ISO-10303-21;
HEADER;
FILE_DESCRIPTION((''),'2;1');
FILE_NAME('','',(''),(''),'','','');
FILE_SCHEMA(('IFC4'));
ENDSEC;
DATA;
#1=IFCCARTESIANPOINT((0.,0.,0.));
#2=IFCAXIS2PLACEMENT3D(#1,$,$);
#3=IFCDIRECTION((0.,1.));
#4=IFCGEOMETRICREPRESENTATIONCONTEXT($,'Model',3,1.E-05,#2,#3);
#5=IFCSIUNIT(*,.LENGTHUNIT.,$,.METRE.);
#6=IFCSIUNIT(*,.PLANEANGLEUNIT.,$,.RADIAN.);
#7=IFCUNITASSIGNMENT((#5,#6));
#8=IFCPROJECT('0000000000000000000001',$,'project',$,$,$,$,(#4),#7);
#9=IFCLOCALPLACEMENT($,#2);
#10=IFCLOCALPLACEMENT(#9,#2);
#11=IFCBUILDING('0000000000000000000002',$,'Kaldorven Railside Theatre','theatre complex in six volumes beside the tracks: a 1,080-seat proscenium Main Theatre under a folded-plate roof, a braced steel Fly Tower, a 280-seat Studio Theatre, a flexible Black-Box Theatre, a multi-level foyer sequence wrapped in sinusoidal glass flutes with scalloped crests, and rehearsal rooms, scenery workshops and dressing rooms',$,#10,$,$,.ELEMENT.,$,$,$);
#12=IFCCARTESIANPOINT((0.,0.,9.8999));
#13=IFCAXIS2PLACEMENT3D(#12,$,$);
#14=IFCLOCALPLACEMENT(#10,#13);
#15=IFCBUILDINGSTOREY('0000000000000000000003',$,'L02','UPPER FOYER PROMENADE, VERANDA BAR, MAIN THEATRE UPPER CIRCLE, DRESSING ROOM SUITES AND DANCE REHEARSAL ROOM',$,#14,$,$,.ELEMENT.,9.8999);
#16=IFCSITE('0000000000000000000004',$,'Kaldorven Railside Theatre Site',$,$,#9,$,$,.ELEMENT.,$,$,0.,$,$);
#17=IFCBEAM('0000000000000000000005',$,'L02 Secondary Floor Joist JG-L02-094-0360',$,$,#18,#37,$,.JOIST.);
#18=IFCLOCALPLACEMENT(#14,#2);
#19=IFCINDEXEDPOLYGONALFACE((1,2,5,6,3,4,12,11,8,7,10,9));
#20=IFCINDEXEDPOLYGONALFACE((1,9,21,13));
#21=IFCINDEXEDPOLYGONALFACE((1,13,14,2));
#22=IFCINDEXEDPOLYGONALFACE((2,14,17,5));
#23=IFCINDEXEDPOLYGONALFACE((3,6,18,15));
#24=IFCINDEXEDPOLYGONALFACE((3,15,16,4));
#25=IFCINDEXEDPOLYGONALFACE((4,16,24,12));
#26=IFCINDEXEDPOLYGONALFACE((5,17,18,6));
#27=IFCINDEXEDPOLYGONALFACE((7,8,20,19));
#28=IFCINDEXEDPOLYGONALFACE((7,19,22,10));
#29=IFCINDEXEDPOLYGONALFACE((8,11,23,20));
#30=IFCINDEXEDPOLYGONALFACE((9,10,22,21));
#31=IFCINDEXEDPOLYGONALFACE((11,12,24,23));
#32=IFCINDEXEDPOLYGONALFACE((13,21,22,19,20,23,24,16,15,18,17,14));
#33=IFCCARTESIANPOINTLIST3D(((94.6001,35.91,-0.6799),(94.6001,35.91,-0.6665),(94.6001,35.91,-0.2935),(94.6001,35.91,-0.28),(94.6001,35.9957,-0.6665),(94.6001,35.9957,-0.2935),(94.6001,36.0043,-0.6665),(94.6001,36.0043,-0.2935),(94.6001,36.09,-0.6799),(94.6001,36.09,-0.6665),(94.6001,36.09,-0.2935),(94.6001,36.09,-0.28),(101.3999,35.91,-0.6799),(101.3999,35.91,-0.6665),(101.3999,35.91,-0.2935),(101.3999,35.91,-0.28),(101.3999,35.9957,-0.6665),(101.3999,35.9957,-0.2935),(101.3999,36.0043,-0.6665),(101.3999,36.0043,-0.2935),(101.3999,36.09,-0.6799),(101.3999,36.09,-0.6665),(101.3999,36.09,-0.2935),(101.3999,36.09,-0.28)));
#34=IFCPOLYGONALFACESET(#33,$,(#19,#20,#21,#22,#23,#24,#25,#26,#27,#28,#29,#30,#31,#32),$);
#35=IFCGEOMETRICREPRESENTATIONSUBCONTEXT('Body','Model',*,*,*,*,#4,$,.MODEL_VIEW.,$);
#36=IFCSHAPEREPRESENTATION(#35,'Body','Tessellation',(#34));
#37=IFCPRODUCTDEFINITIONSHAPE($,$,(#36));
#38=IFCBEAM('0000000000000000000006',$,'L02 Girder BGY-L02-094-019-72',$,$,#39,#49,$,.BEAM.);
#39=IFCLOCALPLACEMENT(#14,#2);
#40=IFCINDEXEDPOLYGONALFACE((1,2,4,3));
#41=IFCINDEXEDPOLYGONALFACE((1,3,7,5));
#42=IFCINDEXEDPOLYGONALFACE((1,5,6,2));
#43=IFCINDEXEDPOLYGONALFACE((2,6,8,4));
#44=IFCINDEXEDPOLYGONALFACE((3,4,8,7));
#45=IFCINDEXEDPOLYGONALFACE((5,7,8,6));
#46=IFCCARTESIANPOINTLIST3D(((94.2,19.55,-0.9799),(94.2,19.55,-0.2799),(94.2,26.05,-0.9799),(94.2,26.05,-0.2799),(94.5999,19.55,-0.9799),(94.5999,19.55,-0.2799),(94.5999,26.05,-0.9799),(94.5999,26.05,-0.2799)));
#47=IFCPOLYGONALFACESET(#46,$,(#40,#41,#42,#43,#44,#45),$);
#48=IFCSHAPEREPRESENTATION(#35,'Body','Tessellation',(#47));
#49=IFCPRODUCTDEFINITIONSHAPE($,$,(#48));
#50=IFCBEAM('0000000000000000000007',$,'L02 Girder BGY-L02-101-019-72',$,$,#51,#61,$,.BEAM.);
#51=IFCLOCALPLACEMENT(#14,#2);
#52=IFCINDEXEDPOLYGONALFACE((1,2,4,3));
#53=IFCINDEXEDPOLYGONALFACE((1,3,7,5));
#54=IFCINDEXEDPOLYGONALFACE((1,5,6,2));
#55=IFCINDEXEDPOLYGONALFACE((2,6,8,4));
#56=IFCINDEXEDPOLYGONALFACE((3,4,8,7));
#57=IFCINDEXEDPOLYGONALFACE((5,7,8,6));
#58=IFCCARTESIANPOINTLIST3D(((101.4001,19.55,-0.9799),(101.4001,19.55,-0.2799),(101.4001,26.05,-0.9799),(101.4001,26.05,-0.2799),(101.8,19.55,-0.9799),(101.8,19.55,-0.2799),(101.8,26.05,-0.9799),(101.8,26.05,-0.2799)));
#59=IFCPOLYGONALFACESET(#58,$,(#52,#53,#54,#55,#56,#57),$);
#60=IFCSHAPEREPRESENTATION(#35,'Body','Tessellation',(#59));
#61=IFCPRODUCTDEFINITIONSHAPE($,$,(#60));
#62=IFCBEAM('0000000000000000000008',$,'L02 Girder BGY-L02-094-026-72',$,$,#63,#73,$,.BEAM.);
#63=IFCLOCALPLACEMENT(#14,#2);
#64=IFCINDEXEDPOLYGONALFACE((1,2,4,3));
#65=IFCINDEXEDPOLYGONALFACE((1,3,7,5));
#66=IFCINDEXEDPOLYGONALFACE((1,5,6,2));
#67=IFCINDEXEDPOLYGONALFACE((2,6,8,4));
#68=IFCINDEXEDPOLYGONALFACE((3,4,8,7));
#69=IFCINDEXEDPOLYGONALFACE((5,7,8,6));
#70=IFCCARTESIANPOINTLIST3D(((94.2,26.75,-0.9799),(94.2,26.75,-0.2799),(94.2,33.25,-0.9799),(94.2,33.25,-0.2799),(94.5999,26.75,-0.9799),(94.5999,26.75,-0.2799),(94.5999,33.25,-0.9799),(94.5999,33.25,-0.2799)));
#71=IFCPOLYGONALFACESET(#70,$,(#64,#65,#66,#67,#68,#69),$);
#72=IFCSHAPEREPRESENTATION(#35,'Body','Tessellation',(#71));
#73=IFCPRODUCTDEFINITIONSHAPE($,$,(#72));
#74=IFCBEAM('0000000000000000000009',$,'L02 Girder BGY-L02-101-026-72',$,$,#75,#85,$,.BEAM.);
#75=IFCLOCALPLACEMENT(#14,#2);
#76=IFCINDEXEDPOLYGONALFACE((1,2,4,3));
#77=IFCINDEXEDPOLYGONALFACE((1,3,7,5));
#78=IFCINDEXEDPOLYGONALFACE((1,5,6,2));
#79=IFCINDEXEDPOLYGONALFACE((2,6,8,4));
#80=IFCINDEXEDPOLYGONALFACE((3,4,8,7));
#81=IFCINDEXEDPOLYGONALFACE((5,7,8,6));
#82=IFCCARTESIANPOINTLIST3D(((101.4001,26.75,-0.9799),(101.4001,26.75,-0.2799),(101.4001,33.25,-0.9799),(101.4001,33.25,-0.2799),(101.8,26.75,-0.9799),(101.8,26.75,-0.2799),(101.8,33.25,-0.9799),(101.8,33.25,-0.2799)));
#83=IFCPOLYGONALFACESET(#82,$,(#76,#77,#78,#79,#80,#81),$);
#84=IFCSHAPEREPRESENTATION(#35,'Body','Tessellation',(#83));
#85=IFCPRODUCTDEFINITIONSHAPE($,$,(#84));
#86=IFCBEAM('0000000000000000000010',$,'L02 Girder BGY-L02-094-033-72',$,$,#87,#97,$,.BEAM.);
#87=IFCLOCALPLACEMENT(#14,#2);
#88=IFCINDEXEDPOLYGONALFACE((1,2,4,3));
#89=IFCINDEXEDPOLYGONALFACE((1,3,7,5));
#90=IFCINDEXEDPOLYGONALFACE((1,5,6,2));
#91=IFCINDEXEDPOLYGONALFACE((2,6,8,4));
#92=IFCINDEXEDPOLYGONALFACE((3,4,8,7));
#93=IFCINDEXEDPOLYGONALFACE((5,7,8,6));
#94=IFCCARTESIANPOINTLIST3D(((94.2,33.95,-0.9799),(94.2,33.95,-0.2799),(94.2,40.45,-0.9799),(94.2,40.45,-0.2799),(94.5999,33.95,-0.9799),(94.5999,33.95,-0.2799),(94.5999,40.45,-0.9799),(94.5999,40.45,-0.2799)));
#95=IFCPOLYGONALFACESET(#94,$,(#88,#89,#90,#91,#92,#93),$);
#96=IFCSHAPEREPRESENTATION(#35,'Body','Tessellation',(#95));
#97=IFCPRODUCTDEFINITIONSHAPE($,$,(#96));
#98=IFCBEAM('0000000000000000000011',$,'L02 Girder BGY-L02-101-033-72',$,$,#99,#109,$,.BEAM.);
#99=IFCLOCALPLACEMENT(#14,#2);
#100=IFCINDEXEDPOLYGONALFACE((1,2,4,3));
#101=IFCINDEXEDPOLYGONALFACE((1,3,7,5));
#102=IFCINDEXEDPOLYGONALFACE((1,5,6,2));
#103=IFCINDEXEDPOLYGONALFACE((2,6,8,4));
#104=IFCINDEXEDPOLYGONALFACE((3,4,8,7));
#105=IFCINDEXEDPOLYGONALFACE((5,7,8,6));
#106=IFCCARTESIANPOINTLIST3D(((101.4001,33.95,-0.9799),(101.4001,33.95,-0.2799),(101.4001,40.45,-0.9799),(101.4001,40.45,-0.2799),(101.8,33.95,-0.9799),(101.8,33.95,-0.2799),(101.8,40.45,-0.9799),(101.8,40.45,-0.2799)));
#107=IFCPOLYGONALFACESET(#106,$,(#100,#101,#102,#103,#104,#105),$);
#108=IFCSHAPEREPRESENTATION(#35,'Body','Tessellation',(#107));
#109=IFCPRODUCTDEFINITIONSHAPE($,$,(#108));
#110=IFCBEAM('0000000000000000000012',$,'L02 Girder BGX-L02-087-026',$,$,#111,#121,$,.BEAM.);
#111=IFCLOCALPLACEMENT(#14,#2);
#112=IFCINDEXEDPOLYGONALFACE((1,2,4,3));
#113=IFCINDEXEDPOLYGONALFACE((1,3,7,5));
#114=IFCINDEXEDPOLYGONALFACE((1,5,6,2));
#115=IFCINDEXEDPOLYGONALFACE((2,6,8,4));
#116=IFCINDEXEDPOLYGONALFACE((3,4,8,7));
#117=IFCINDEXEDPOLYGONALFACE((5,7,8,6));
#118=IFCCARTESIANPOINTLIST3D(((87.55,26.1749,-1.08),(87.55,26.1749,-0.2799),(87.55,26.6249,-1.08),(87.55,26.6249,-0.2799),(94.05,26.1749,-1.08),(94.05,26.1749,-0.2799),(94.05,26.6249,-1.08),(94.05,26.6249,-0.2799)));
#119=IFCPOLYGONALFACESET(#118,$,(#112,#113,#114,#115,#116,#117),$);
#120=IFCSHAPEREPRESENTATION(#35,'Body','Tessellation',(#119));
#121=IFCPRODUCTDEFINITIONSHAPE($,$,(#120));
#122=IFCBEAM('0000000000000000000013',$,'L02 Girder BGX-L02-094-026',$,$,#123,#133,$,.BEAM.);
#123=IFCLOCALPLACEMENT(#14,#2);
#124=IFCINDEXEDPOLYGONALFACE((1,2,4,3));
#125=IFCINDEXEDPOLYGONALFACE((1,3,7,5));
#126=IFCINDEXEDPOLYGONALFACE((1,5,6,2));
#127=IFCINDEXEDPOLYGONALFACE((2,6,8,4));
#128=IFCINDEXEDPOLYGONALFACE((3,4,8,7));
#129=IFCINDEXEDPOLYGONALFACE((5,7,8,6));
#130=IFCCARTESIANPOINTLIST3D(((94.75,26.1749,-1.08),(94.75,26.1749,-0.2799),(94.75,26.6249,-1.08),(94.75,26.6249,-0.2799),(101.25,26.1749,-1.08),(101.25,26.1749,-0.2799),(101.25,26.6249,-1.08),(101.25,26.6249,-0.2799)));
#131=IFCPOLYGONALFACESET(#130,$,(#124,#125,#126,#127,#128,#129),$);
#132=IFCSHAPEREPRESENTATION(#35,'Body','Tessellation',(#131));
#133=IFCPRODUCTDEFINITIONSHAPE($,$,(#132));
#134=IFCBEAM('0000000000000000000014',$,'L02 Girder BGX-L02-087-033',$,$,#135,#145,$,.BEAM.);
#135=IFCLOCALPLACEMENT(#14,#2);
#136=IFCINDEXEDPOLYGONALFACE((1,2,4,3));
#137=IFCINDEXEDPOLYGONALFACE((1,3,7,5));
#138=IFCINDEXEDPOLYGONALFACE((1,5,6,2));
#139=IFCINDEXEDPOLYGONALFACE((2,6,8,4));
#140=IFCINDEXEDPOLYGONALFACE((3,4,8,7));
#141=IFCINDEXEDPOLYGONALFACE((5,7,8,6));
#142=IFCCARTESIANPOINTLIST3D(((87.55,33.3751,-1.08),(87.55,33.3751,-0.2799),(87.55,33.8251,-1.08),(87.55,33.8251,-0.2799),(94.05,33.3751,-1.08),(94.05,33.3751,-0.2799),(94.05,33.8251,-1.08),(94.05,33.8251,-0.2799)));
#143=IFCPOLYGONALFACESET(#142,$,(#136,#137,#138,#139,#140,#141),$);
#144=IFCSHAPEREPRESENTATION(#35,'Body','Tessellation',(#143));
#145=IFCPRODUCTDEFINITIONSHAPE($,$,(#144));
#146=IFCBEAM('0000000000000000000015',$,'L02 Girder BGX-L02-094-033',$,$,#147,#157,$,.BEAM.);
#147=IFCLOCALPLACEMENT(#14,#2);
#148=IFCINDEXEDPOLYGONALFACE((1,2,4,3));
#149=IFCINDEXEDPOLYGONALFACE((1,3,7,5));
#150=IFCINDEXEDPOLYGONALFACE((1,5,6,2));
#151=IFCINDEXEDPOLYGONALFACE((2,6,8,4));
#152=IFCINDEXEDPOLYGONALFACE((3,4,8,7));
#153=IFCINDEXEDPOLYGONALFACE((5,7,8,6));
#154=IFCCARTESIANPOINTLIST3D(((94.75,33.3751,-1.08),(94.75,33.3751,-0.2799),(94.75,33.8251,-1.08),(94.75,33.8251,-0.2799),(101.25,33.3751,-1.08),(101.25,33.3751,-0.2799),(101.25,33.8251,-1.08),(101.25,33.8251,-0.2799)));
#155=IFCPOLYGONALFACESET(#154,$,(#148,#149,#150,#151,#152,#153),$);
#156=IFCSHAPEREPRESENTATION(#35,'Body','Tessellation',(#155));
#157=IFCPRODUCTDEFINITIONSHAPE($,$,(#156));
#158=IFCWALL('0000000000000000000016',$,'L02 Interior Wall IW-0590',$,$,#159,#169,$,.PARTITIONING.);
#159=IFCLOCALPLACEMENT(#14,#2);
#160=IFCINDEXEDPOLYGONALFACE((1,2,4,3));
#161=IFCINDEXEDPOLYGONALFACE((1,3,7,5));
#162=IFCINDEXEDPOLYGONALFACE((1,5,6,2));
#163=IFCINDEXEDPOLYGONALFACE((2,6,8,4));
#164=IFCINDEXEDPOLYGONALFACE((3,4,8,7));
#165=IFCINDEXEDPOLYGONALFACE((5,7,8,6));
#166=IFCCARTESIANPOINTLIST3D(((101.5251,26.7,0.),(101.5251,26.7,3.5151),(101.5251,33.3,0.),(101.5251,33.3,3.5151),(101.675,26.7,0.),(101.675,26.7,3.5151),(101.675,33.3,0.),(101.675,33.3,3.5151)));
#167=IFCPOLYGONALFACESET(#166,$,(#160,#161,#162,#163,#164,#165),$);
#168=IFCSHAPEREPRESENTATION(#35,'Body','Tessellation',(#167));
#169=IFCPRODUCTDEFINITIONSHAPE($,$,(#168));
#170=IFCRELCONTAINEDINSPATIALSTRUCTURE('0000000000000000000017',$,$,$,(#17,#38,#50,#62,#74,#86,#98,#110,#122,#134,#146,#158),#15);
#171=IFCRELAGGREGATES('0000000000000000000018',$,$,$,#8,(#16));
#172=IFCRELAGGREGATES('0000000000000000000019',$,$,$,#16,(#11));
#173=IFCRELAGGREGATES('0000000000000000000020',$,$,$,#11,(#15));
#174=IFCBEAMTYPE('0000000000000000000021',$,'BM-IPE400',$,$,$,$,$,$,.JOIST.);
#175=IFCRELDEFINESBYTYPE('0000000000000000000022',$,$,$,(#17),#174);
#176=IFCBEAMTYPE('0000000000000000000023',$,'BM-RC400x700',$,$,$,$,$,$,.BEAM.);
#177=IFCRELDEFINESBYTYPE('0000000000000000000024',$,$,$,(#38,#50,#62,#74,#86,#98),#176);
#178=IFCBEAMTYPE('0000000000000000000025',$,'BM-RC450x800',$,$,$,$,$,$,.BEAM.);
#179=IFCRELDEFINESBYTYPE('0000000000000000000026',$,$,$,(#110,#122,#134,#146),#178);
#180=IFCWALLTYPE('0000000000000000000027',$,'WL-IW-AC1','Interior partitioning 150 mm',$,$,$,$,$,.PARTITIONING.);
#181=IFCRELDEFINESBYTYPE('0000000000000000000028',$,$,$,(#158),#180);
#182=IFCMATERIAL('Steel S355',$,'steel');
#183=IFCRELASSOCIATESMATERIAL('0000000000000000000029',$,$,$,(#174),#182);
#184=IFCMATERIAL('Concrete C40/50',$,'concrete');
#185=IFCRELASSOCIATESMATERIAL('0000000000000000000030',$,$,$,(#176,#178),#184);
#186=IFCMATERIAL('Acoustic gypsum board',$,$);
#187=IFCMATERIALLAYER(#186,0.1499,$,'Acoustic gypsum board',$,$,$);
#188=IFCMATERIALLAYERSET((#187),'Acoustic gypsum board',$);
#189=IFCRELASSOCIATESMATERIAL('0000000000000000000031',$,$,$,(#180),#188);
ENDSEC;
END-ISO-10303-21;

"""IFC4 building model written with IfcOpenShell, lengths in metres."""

from ifc_helpers import new_model, si_unit, direction, frame, frame_2d, origin, origin_2d, place, context, subcontext, project, spatial, rectangle, i_section, extrude, material, layer, layer_set, material_profile, profile_set, type_object, element, save


model = new_model("IFC4")

# Units and contexts
model_context = context("Model", 3, precision=1e-05, world=origin(), true_north=direction((0.0, 1.0)))
body_context = subcontext(model_context, "Body", "Model", "MODEL_VIEW")
ifc_project = project(units=[si_unit("LENGTHUNIT", "METRE"), si_unit("PLANEANGLEUNIT", "RADIAN")], contexts=[model_context])

# Site, building, storey
site_placement = place(None, origin())
site = spatial("IfcSite", under=ifc_project, at=site_placement, Name="Kaldorven Railside Theatre Site", CompositionType="ELEMENT", RefElevation=0.0)
building_placement = place(site_placement, origin())
building = spatial("IfcBuilding", under=site, at=building_placement, Name="Kaldorven Railside Theatre", Description="theatre complex in six volumes beside the tracks: a 1,080-seat proscenium Main Theatre under a folded-plate roof, a braced steel Fly Tower, a 280-seat Studio Theatre, a flexible Black-Box Theatre, a multi-level foyer sequence wrapped in sinusoidal glass flutes with scalloped crests, and rehearsal rooms, scenery workshops and dressing rooms", CompositionType="ELEMENT")
storey_placement = place(building_placement, frame((0.0, 0.0, 9.8999)))
storey = spatial("IfcBuildingStorey", under=building, at=storey_placement, Name="L02", Description="UPPER FOYER PROMENADE, VERANDA BAR, MAIN THEATRE UPPER CIRCLE, DRESSING ROOM SUITES AND DANCE REHEARSAL ROOM", CompositionType="ELEMENT", Elevation=9.8999)

# Shared definitions
ifc_material_1 = material(Name="Concrete C40/50", Category="concrete")

# Beams
ifc_material_2 = material(Name="Steel S355", Category="steel")
ifc_material_profile_1 = material_profile(ifc_material_2, i_section(OverallWidth=0.1799, OverallDepth=0.3999, WebThickness=0.0085, FlangeThickness=0.0134, at=origin_2d()), Name="IPE 400")
ifc_profile_set_1 = profile_set([ifc_material_profile_1], Name="Steel S355")
beam_type_1 = type_object("IfcBeamType", Name="BM-IPE400", PredefinedType="JOIST", material=ifc_profile_set_1)
beam_1_placement = place(storey_placement, frame((94.6001, 36.0, -0.48), z_axis=(1.0, 0.0, 0.0), x_axis=(0.0, 1.0, 0.0)))
element("IfcBeam", 1, at=beam_1_placement, inside=storey, type_object=beam_type_1, Name="L02 Secondary Floor Joist JG-L02-094-0360", PredefinedType="JOIST", context=body_context, shape_type="SweptSolid", body=[
    extrude(i_section(OverallWidth=0.1799, OverallDepth=0.3999, WebThickness=0.0085, FlangeThickness=0.0134, at=origin_2d()), origin(), (0.0, 0.0, 1.0), 6.7998),
])
ifc_material_profile_2 = material_profile(ifc_material_1, rectangle(XDim=0.3999, YDim=0.7, at=origin_2d()), Name="RC 400x700")
ifc_profile_set_2 = profile_set([ifc_material_profile_2], Name="Concrete C40/50")
beam_type_2 = type_object("IfcBeamType", Name="BM-RC400x700", PredefinedType="BEAM", material=ifc_profile_set_2)
for number, where, z_axis, x_axis, name in (
    (2, (94.3999, 19.55, -0.6299), (0.0, 1.0, 0.0), (-1.0, 0.0, 0.0), "L02 Girder BGY-L02-094-019-72"),
    (3, (101.6001, 19.55, -0.6299), (0.0, 1.0, 0.0), (-1.0, 0.0, 0.0), "L02 Girder BGY-L02-101-019-72"),
    (4, (94.3999, 26.75, -0.6299), (0.0, 1.0, 0.0), (-1.0, 0.0, 0.0), "L02 Girder BGY-L02-094-026-72"),
    (5, (101.6001, 26.75, -0.6299), (0.0, 1.0, 0.0), (-1.0, 0.0, 0.0), "L02 Girder BGY-L02-101-026-72"),
    (6, (94.3999, 33.95, -0.6299), (0.0, 1.0, 0.0), (-1.0, 0.0, 0.0), "L02 Girder BGY-L02-094-033-72"),
    (7, (101.6001, 33.95, -0.6299), (0.0, 1.0, 0.0), (-1.0, 0.0, 0.0), "L02 Girder BGY-L02-101-033-72"),
):
    element("IfcBeam", number, at=place(storey_placement, frame(where, z_axis=z_axis, x_axis=x_axis)), inside=storey, type_object=beam_type_2, Name=name, PredefinedType="BEAM", context=body_context, shape_type="SweptSolid", body=[
        extrude(rectangle(XDim=0.3999, YDim=0.7, at=origin_2d()), origin(), (0.0, 0.0, 1.0), 6.5),
    ])
ifc_material_profile_3 = material_profile(ifc_material_1, rectangle(XDim=0.45, YDim=0.8, at=origin_2d()), Name="RC 450x800")
ifc_profile_set_3 = profile_set([ifc_material_profile_3], Name="Concrete C40/50")
beam_type_3 = type_object("IfcBeamType", Name="BM-RC450x800", PredefinedType="BEAM", material=ifc_profile_set_3)
for number, where, z_axis, x_axis, name in (
    (8, (87.55, 26.3999, -0.6799), (1.0, 0.0, 0.0), (0.0, 1.0, 0.0), "L02 Girder BGX-L02-087-026"),
    (9, (94.75, 26.3999, -0.6799), (1.0, 0.0, 0.0), (0.0, 1.0, 0.0), "L02 Girder BGX-L02-094-026"),
    (10, (87.55, 33.6001, -0.6799), (1.0, 0.0, 0.0), (0.0, 1.0, 0.0), "L02 Girder BGX-L02-087-033"),
    (11, (94.75, 33.6001, -0.6799), (1.0, 0.0, 0.0), (0.0, 1.0, 0.0), "L02 Girder BGX-L02-094-033"),
):
    element("IfcBeam", number, at=place(storey_placement, frame(where, z_axis=z_axis, x_axis=x_axis)), inside=storey, type_object=beam_type_3, Name=name, PredefinedType="BEAM", context=body_context, shape_type="SweptSolid", body=[
        extrude(rectangle(XDim=0.45, YDim=0.8, at=origin_2d()), origin(), (0.0, 0.0, 1.0), 6.5),
    ])

# Wall
ifc_material_3 = material(Name="Acoustic gypsum board")
ifc_layer = layer(ifc_material_3, 0.1499, Name="Acoustic gypsum board")
ifc_layer_set = layer_set([ifc_layer], Name="Acoustic gypsum board")
wall_type = type_object("IfcWallType", Name="WL-IW-AC1", Description="Interior partitioning 150 mm", PredefinedType="PARTITIONING", material=ifc_layer_set)
wall_placement = place(storey_placement, frame((101.6001, 33.3, 0.0), z_axis=(0.0, 0.0, 1.0), x_axis=(0.0, -1.0, 0.0)))
element("IfcWall", 12, at=wall_placement, inside=storey, type_object=wall_type, Name="L02 Interior Wall IW-0590", PredefinedType="PARTITIONING", context=body_context, shape_type="SweptSolid", body=[
    extrude(rectangle(XDim=6.6001, YDim=0.1499, at=frame_2d((3.3, 0.0))), origin(), (0.0, 0.0, 1.0), 3.5151),
])

save(model, "model.ifc")
